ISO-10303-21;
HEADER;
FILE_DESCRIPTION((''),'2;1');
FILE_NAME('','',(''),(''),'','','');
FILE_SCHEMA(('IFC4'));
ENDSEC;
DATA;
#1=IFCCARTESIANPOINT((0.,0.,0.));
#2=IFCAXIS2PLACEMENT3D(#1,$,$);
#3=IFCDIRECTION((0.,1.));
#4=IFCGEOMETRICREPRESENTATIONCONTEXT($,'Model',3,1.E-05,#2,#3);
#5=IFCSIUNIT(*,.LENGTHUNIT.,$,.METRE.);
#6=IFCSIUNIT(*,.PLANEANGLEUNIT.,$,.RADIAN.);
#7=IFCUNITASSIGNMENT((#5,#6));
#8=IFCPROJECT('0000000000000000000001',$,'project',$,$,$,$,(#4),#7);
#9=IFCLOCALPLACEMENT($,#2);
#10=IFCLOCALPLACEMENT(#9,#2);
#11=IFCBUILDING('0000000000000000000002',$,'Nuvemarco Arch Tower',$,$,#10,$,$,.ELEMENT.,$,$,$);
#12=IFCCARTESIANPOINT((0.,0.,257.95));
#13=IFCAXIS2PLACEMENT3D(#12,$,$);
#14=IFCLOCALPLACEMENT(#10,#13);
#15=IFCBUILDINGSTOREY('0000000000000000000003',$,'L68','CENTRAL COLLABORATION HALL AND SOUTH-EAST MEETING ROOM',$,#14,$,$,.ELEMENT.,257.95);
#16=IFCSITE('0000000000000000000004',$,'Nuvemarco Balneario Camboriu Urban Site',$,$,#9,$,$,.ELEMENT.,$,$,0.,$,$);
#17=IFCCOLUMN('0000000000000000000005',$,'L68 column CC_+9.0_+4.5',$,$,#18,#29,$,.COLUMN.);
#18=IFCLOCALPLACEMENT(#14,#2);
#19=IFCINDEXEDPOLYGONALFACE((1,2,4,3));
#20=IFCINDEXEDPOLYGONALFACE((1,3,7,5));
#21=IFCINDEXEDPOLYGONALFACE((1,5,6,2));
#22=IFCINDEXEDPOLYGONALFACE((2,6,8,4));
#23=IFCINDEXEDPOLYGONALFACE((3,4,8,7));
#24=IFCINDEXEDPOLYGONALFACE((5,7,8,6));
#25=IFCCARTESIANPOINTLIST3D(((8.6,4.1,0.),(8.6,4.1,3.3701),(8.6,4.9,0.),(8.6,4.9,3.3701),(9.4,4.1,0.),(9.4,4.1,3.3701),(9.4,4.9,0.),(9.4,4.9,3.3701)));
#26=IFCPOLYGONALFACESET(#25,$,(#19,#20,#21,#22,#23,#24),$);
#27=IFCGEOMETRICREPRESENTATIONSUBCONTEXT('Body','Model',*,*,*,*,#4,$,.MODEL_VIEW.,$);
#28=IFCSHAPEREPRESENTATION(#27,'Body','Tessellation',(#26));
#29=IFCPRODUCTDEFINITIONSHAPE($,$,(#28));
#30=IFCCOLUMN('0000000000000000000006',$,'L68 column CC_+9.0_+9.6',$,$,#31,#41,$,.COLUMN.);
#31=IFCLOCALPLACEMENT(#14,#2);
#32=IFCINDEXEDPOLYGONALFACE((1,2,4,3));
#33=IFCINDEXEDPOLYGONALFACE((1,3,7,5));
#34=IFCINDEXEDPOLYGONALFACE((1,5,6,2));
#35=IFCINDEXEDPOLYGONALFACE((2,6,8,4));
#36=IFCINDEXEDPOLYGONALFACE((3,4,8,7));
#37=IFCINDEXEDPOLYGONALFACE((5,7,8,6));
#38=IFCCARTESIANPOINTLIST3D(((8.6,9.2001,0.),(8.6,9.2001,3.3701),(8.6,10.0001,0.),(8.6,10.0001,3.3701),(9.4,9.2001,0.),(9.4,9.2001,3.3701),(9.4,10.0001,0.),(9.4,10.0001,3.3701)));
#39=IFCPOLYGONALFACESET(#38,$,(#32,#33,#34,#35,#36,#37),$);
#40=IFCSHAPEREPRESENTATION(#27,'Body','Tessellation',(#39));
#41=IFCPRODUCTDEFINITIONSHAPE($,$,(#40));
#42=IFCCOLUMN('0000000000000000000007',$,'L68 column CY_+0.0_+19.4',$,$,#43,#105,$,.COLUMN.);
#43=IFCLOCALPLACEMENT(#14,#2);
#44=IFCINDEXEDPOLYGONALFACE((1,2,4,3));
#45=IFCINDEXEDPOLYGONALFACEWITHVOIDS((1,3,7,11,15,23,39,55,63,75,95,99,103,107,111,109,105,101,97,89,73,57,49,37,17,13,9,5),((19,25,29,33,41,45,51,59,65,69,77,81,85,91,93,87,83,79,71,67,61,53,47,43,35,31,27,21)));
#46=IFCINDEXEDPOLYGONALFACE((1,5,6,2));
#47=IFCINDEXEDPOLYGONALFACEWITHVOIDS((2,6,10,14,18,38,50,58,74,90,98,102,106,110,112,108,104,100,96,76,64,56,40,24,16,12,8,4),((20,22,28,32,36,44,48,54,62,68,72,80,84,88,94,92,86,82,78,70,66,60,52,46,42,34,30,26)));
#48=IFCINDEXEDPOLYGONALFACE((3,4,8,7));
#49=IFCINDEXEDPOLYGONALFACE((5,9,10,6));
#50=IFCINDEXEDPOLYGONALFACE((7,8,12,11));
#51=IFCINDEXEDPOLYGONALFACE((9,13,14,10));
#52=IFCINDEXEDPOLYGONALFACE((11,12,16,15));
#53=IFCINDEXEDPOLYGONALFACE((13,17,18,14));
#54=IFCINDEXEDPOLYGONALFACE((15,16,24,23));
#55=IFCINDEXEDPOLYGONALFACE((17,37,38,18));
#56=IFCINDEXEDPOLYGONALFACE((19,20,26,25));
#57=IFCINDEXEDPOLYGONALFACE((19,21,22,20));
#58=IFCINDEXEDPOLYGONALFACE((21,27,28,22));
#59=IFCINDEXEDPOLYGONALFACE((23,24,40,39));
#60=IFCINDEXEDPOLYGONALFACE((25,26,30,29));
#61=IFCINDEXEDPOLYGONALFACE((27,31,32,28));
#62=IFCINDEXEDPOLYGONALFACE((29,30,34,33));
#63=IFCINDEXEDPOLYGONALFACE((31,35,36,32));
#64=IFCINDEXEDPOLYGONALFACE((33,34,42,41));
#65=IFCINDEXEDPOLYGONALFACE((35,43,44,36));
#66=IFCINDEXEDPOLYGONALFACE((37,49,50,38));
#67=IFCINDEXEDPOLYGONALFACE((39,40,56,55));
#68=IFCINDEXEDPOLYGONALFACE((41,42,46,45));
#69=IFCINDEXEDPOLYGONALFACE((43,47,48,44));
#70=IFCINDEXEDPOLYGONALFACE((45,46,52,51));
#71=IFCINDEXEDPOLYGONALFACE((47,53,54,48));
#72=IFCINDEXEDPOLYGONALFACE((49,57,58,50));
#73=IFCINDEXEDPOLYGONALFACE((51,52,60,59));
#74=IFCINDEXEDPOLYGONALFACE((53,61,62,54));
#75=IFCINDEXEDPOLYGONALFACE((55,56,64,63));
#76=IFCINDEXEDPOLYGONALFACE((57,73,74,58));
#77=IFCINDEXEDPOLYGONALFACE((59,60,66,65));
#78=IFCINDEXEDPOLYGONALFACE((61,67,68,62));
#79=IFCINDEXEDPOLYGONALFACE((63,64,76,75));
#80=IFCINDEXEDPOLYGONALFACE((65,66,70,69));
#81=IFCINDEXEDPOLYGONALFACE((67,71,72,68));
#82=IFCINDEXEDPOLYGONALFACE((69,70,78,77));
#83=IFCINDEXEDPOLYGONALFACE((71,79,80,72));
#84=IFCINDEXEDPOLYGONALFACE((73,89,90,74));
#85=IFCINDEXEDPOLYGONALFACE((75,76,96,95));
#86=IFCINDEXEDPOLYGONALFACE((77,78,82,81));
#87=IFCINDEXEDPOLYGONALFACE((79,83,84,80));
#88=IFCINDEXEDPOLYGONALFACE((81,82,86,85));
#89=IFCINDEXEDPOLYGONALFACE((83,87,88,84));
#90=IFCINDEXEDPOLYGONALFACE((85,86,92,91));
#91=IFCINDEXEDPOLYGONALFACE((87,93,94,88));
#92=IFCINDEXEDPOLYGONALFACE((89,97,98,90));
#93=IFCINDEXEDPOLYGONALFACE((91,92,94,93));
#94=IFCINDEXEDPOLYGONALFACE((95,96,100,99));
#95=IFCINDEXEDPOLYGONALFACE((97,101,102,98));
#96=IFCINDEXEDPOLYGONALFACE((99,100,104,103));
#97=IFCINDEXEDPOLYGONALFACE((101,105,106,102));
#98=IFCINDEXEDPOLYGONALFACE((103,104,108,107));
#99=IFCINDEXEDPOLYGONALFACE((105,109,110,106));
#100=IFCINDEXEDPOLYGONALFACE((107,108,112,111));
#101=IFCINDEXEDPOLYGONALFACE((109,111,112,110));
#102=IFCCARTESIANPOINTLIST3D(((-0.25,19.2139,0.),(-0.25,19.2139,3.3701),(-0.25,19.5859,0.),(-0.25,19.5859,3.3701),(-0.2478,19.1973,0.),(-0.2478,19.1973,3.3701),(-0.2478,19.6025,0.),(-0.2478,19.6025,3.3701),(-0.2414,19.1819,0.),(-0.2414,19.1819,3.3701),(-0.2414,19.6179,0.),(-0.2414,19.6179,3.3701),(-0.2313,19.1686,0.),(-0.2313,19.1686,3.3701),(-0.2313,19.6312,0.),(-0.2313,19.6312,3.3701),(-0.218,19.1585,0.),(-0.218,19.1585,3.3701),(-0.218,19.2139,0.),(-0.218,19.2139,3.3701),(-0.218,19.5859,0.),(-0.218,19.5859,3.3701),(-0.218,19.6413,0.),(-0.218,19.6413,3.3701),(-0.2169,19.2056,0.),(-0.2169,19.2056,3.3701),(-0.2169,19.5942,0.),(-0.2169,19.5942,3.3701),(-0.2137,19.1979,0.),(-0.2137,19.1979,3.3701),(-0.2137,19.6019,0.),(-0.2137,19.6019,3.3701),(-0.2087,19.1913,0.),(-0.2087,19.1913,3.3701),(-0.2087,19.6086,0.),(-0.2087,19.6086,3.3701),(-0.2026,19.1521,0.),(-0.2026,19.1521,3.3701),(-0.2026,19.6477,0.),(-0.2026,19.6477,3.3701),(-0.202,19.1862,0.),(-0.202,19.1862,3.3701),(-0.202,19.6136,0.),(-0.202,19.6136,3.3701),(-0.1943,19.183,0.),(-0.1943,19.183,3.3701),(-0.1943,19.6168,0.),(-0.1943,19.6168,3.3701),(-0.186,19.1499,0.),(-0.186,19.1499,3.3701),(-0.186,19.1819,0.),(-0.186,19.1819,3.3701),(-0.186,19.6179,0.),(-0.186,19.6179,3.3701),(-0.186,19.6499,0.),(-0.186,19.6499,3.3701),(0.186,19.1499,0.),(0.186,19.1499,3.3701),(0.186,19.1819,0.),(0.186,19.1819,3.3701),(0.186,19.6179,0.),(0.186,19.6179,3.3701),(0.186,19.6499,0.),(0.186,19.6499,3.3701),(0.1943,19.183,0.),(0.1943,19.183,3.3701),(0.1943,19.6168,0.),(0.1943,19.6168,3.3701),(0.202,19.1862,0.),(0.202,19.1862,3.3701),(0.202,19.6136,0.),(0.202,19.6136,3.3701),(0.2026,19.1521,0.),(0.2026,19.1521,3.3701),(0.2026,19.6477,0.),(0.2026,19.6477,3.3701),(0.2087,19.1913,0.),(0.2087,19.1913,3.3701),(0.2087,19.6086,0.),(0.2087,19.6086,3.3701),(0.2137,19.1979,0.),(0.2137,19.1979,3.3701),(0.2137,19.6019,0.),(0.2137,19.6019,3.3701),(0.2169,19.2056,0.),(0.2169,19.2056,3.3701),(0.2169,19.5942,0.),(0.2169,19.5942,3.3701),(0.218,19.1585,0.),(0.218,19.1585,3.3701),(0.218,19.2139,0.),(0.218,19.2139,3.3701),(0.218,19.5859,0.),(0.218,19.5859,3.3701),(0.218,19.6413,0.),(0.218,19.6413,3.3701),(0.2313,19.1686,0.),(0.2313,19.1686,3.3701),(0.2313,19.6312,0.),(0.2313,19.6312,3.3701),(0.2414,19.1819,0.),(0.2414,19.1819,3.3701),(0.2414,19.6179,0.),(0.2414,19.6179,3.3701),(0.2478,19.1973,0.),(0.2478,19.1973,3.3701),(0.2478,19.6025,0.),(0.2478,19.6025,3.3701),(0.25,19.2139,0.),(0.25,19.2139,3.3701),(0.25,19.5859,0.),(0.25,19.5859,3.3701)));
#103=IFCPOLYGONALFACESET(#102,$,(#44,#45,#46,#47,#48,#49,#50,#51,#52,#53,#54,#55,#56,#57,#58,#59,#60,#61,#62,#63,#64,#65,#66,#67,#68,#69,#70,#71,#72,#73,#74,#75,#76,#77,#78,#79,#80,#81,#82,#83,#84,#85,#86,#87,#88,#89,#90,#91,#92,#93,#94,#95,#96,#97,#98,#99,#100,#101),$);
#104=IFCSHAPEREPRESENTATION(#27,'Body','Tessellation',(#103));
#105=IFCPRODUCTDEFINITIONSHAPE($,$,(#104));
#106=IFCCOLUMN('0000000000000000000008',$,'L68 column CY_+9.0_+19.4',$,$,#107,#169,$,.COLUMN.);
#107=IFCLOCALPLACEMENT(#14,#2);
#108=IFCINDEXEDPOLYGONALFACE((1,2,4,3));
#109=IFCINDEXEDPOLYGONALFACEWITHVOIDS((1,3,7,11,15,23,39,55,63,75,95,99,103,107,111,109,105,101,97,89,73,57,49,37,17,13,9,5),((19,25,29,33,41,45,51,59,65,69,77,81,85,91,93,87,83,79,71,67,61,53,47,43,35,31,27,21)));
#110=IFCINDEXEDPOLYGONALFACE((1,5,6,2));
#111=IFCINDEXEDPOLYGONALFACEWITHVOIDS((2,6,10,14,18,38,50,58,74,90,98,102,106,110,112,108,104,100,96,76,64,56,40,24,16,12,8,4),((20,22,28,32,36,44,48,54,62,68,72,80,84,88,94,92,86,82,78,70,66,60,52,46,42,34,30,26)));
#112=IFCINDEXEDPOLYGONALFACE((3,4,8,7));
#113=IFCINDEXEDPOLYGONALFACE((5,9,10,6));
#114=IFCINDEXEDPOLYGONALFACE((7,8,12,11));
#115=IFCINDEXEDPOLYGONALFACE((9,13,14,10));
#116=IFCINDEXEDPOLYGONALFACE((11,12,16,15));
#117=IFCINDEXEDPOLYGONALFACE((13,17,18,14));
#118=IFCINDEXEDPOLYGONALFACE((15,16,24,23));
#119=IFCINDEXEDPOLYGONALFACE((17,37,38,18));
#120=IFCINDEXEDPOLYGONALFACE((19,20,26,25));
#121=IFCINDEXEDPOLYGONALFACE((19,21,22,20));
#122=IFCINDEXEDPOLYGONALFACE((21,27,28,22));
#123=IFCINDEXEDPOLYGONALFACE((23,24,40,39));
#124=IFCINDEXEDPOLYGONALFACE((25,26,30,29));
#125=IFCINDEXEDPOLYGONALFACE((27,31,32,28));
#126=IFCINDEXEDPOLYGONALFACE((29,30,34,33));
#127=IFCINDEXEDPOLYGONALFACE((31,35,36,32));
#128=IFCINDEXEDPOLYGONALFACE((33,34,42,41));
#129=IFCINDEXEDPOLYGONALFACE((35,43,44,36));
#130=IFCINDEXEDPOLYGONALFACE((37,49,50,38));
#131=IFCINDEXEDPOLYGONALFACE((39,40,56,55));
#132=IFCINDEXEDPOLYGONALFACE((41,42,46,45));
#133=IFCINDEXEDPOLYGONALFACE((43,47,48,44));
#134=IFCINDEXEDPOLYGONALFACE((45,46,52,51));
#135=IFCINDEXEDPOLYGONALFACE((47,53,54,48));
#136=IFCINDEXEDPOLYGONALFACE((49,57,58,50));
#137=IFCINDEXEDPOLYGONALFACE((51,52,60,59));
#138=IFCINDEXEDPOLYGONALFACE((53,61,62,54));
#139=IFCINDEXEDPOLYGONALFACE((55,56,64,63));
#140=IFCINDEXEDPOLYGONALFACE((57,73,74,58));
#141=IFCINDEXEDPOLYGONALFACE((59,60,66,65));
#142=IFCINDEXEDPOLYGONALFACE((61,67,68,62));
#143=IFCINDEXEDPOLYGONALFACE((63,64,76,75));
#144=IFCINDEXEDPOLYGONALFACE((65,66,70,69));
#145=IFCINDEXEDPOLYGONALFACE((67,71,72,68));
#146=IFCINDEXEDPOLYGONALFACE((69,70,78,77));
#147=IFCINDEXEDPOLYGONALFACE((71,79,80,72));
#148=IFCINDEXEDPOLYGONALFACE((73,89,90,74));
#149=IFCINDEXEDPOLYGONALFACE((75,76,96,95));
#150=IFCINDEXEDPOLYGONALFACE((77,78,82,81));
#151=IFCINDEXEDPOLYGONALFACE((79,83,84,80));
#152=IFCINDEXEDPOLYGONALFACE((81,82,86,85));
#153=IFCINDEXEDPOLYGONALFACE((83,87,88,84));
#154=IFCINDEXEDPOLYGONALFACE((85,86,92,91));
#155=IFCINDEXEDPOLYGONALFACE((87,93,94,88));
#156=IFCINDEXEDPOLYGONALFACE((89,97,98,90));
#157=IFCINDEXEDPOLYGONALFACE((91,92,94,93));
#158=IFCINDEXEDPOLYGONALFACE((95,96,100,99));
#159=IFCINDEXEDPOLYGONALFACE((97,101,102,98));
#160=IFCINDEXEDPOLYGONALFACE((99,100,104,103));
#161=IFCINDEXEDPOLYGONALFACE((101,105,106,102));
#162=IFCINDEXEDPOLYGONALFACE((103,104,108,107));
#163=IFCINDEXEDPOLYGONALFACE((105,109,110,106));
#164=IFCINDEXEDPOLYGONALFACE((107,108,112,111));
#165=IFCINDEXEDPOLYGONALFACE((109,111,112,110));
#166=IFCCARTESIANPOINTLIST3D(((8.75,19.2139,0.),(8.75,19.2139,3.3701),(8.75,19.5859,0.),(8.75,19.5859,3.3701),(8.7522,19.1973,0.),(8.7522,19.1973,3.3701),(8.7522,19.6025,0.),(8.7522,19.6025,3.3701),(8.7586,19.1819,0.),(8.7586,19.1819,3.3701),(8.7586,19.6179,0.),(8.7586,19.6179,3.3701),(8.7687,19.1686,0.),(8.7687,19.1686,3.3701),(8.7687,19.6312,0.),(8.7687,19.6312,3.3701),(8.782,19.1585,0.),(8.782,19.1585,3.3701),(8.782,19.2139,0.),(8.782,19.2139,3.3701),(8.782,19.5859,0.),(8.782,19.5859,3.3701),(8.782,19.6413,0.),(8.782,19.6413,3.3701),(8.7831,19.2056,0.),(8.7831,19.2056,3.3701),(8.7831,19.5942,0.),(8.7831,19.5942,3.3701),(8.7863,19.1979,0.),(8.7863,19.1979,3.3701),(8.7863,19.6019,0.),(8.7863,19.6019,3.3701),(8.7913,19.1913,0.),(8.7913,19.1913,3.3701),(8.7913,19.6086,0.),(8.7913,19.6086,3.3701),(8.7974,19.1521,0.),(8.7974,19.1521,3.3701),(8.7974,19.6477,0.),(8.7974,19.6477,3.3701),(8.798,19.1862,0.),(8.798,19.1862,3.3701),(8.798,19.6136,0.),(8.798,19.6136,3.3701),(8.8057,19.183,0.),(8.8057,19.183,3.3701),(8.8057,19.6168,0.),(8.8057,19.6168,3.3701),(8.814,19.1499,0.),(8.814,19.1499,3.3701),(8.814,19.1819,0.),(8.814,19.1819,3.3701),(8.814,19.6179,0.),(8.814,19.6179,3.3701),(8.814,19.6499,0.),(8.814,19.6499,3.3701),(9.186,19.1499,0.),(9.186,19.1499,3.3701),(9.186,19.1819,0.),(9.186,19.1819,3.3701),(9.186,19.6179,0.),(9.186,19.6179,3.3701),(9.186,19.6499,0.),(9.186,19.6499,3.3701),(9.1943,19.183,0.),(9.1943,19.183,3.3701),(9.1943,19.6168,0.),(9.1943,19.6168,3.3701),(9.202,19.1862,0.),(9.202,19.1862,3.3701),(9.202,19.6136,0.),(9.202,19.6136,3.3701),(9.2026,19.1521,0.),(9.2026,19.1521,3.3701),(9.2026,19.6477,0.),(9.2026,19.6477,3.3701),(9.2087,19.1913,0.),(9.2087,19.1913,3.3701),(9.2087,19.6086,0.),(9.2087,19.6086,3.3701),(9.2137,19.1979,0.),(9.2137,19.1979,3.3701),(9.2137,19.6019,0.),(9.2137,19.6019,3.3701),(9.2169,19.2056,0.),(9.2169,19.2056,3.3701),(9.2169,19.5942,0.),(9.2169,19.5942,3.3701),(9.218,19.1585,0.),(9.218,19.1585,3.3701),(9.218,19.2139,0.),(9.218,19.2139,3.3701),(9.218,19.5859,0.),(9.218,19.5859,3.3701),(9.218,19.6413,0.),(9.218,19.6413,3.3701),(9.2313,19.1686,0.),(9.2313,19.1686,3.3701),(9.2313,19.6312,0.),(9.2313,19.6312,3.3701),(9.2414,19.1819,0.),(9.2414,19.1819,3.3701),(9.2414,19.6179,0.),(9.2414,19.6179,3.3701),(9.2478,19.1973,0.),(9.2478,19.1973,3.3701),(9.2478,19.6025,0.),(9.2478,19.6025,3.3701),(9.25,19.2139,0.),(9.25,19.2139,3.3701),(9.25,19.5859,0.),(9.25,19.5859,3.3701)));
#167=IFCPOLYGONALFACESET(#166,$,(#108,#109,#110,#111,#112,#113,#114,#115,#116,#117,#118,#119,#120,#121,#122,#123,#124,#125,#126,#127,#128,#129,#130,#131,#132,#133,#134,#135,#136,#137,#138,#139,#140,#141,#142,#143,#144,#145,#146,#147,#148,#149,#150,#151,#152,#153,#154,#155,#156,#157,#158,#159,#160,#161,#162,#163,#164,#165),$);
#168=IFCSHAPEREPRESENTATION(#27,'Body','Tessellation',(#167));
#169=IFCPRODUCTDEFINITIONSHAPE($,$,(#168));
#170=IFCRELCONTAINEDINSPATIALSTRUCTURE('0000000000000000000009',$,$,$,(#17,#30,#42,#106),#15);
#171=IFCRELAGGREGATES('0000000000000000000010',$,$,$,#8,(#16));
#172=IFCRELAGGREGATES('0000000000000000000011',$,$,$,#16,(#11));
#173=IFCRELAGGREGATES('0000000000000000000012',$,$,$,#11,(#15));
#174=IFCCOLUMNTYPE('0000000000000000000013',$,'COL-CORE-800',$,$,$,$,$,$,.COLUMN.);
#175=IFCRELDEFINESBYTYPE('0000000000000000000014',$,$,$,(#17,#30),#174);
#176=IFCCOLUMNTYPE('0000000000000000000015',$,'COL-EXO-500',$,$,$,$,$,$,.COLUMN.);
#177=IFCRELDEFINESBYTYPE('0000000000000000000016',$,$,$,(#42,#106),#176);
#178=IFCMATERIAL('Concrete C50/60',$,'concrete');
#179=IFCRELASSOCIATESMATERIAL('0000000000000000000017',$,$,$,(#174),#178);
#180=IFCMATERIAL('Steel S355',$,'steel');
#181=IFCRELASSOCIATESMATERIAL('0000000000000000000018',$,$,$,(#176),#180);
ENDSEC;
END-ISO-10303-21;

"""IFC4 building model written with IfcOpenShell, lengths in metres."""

from ifc_helpers import new_model, si_unit, direction, frame, origin, origin_2d, place, context, subcontext, project, spatial, rectangle, hollow_rectangle, extrude, material, material_profile, profile_set, type_object, element, save


model = new_model("IFC4")

# Units and contexts
model_context = context("Model", 3, precision=1e-05, world=origin(), true_north=direction((0.0, 1.0)))
body_context = subcontext(model_context, "Body", "Model", "MODEL_VIEW")
ifc_project = project(units=[si_unit("LENGTHUNIT", "METRE"), si_unit("PLANEANGLEUNIT", "RADIAN")], contexts=[model_context])

# Site, building, storey
site_placement = place(None, origin())
site = spatial("IfcSite", under=ifc_project, at=site_placement, Name="Nuvemarco Balneario Camboriu Urban Site", CompositionType="ELEMENT", RefElevation=0.0)
building_placement = place(site_placement, origin())
building = spatial("IfcBuilding", under=site, at=building_placement, Name="Nuvemarco Arch Tower", CompositionType="ELEMENT")
storey_placement = place(building_placement, frame((0.0, 0.0, 257.95)))
storey = spatial("IfcBuildingStorey", under=building, at=storey_placement, Name="L68", Description="CENTRAL COLLABORATION HALL AND SOUTH-EAST MEETING ROOM", CompositionType="ELEMENT", Elevation=257.95)

# Columns
ifc_material_1 = material(Name="Concrete C50/60", Category="concrete")
ifc_material_profile_1 = material_profile(ifc_material_1, rectangle(XDim=0.8, YDim=0.8, at=origin_2d()), Name="RC-COL-800x800")
ifc_profile_set_1 = profile_set([ifc_material_profile_1], Name="Concrete C50/60")
column_type_1 = type_object("IfcColumnType", Name="COL-CORE-800", PredefinedType="COLUMN", material=ifc_profile_set_1)
for number, where, z_axis, x_axis, name in (
    (1, (9.0, 4.5, 0.0), (0.0, 0.0, 1.0), (1.0, 0.0, 0.0), "L68 column CC_+9.0_+4.5"),
    (2, (9.0, 9.6001, 0.0), (0.0, 0.0, 1.0), (1.0, 0.0, 0.0), "L68 column CC_+9.0_+9.6"),
):
    element("IfcColumn", number, at=place(storey_placement, frame(where, z_axis=z_axis, x_axis=x_axis)), inside=storey, type_object=column_type_1, Name=name, PredefinedType="COLUMN", context=body_context, shape_type="SweptSolid", body=[
        extrude(rectangle(XDim=0.8, YDim=0.8, at=origin_2d()), origin(), (0.0, 0.0, 1.0), 3.3701),
    ])
ifc_material_2 = material(Name="Steel S355", Category="steel")
ifc_material_profile_2 = material_profile(ifc_material_2, hollow_rectangle(XDim=0.5, YDim=0.5, WallThickness=0.032, InnerFilletRadius=0.032, OuterFilletRadius=0.064, at=origin_2d()), Name="SHS500x500x32")
ifc_profile_set_2 = profile_set([ifc_material_profile_2], Name="Steel S355")
column_type_2 = type_object("IfcColumnType", Name="COL-EXO-500", PredefinedType="COLUMN", material=ifc_profile_set_2)
for number, where, z_axis, x_axis, name in (
    (3, (0.0, 19.3999, 0.0), (0.0, 0.0, 1.0), (1.0, 0.0, 0.0), "L68 column CY_+0.0_+19.4"),
    (4, (9.0, 19.3999, 0.0), (0.0, 0.0, 1.0), (1.0, 0.0, 0.0), "L68 column CY_+9.0_+19.4"),
):
    element("IfcColumn", number, at=place(storey_placement, frame(where, z_axis=z_axis, x_axis=x_axis)), inside=storey, type_object=column_type_2, Name=name, PredefinedType="COLUMN", context=body_context, shape_type="SweptSolid", body=[
        extrude(hollow_rectangle(XDim=0.5, YDim=0.5, WallThickness=0.032, InnerFilletRadius=0.032, OuterFilletRadius=0.064, at=origin_2d()), origin(), (0.0, 0.0, 1.0), 3.3701),
    ])

save(model, "model.ifc")
